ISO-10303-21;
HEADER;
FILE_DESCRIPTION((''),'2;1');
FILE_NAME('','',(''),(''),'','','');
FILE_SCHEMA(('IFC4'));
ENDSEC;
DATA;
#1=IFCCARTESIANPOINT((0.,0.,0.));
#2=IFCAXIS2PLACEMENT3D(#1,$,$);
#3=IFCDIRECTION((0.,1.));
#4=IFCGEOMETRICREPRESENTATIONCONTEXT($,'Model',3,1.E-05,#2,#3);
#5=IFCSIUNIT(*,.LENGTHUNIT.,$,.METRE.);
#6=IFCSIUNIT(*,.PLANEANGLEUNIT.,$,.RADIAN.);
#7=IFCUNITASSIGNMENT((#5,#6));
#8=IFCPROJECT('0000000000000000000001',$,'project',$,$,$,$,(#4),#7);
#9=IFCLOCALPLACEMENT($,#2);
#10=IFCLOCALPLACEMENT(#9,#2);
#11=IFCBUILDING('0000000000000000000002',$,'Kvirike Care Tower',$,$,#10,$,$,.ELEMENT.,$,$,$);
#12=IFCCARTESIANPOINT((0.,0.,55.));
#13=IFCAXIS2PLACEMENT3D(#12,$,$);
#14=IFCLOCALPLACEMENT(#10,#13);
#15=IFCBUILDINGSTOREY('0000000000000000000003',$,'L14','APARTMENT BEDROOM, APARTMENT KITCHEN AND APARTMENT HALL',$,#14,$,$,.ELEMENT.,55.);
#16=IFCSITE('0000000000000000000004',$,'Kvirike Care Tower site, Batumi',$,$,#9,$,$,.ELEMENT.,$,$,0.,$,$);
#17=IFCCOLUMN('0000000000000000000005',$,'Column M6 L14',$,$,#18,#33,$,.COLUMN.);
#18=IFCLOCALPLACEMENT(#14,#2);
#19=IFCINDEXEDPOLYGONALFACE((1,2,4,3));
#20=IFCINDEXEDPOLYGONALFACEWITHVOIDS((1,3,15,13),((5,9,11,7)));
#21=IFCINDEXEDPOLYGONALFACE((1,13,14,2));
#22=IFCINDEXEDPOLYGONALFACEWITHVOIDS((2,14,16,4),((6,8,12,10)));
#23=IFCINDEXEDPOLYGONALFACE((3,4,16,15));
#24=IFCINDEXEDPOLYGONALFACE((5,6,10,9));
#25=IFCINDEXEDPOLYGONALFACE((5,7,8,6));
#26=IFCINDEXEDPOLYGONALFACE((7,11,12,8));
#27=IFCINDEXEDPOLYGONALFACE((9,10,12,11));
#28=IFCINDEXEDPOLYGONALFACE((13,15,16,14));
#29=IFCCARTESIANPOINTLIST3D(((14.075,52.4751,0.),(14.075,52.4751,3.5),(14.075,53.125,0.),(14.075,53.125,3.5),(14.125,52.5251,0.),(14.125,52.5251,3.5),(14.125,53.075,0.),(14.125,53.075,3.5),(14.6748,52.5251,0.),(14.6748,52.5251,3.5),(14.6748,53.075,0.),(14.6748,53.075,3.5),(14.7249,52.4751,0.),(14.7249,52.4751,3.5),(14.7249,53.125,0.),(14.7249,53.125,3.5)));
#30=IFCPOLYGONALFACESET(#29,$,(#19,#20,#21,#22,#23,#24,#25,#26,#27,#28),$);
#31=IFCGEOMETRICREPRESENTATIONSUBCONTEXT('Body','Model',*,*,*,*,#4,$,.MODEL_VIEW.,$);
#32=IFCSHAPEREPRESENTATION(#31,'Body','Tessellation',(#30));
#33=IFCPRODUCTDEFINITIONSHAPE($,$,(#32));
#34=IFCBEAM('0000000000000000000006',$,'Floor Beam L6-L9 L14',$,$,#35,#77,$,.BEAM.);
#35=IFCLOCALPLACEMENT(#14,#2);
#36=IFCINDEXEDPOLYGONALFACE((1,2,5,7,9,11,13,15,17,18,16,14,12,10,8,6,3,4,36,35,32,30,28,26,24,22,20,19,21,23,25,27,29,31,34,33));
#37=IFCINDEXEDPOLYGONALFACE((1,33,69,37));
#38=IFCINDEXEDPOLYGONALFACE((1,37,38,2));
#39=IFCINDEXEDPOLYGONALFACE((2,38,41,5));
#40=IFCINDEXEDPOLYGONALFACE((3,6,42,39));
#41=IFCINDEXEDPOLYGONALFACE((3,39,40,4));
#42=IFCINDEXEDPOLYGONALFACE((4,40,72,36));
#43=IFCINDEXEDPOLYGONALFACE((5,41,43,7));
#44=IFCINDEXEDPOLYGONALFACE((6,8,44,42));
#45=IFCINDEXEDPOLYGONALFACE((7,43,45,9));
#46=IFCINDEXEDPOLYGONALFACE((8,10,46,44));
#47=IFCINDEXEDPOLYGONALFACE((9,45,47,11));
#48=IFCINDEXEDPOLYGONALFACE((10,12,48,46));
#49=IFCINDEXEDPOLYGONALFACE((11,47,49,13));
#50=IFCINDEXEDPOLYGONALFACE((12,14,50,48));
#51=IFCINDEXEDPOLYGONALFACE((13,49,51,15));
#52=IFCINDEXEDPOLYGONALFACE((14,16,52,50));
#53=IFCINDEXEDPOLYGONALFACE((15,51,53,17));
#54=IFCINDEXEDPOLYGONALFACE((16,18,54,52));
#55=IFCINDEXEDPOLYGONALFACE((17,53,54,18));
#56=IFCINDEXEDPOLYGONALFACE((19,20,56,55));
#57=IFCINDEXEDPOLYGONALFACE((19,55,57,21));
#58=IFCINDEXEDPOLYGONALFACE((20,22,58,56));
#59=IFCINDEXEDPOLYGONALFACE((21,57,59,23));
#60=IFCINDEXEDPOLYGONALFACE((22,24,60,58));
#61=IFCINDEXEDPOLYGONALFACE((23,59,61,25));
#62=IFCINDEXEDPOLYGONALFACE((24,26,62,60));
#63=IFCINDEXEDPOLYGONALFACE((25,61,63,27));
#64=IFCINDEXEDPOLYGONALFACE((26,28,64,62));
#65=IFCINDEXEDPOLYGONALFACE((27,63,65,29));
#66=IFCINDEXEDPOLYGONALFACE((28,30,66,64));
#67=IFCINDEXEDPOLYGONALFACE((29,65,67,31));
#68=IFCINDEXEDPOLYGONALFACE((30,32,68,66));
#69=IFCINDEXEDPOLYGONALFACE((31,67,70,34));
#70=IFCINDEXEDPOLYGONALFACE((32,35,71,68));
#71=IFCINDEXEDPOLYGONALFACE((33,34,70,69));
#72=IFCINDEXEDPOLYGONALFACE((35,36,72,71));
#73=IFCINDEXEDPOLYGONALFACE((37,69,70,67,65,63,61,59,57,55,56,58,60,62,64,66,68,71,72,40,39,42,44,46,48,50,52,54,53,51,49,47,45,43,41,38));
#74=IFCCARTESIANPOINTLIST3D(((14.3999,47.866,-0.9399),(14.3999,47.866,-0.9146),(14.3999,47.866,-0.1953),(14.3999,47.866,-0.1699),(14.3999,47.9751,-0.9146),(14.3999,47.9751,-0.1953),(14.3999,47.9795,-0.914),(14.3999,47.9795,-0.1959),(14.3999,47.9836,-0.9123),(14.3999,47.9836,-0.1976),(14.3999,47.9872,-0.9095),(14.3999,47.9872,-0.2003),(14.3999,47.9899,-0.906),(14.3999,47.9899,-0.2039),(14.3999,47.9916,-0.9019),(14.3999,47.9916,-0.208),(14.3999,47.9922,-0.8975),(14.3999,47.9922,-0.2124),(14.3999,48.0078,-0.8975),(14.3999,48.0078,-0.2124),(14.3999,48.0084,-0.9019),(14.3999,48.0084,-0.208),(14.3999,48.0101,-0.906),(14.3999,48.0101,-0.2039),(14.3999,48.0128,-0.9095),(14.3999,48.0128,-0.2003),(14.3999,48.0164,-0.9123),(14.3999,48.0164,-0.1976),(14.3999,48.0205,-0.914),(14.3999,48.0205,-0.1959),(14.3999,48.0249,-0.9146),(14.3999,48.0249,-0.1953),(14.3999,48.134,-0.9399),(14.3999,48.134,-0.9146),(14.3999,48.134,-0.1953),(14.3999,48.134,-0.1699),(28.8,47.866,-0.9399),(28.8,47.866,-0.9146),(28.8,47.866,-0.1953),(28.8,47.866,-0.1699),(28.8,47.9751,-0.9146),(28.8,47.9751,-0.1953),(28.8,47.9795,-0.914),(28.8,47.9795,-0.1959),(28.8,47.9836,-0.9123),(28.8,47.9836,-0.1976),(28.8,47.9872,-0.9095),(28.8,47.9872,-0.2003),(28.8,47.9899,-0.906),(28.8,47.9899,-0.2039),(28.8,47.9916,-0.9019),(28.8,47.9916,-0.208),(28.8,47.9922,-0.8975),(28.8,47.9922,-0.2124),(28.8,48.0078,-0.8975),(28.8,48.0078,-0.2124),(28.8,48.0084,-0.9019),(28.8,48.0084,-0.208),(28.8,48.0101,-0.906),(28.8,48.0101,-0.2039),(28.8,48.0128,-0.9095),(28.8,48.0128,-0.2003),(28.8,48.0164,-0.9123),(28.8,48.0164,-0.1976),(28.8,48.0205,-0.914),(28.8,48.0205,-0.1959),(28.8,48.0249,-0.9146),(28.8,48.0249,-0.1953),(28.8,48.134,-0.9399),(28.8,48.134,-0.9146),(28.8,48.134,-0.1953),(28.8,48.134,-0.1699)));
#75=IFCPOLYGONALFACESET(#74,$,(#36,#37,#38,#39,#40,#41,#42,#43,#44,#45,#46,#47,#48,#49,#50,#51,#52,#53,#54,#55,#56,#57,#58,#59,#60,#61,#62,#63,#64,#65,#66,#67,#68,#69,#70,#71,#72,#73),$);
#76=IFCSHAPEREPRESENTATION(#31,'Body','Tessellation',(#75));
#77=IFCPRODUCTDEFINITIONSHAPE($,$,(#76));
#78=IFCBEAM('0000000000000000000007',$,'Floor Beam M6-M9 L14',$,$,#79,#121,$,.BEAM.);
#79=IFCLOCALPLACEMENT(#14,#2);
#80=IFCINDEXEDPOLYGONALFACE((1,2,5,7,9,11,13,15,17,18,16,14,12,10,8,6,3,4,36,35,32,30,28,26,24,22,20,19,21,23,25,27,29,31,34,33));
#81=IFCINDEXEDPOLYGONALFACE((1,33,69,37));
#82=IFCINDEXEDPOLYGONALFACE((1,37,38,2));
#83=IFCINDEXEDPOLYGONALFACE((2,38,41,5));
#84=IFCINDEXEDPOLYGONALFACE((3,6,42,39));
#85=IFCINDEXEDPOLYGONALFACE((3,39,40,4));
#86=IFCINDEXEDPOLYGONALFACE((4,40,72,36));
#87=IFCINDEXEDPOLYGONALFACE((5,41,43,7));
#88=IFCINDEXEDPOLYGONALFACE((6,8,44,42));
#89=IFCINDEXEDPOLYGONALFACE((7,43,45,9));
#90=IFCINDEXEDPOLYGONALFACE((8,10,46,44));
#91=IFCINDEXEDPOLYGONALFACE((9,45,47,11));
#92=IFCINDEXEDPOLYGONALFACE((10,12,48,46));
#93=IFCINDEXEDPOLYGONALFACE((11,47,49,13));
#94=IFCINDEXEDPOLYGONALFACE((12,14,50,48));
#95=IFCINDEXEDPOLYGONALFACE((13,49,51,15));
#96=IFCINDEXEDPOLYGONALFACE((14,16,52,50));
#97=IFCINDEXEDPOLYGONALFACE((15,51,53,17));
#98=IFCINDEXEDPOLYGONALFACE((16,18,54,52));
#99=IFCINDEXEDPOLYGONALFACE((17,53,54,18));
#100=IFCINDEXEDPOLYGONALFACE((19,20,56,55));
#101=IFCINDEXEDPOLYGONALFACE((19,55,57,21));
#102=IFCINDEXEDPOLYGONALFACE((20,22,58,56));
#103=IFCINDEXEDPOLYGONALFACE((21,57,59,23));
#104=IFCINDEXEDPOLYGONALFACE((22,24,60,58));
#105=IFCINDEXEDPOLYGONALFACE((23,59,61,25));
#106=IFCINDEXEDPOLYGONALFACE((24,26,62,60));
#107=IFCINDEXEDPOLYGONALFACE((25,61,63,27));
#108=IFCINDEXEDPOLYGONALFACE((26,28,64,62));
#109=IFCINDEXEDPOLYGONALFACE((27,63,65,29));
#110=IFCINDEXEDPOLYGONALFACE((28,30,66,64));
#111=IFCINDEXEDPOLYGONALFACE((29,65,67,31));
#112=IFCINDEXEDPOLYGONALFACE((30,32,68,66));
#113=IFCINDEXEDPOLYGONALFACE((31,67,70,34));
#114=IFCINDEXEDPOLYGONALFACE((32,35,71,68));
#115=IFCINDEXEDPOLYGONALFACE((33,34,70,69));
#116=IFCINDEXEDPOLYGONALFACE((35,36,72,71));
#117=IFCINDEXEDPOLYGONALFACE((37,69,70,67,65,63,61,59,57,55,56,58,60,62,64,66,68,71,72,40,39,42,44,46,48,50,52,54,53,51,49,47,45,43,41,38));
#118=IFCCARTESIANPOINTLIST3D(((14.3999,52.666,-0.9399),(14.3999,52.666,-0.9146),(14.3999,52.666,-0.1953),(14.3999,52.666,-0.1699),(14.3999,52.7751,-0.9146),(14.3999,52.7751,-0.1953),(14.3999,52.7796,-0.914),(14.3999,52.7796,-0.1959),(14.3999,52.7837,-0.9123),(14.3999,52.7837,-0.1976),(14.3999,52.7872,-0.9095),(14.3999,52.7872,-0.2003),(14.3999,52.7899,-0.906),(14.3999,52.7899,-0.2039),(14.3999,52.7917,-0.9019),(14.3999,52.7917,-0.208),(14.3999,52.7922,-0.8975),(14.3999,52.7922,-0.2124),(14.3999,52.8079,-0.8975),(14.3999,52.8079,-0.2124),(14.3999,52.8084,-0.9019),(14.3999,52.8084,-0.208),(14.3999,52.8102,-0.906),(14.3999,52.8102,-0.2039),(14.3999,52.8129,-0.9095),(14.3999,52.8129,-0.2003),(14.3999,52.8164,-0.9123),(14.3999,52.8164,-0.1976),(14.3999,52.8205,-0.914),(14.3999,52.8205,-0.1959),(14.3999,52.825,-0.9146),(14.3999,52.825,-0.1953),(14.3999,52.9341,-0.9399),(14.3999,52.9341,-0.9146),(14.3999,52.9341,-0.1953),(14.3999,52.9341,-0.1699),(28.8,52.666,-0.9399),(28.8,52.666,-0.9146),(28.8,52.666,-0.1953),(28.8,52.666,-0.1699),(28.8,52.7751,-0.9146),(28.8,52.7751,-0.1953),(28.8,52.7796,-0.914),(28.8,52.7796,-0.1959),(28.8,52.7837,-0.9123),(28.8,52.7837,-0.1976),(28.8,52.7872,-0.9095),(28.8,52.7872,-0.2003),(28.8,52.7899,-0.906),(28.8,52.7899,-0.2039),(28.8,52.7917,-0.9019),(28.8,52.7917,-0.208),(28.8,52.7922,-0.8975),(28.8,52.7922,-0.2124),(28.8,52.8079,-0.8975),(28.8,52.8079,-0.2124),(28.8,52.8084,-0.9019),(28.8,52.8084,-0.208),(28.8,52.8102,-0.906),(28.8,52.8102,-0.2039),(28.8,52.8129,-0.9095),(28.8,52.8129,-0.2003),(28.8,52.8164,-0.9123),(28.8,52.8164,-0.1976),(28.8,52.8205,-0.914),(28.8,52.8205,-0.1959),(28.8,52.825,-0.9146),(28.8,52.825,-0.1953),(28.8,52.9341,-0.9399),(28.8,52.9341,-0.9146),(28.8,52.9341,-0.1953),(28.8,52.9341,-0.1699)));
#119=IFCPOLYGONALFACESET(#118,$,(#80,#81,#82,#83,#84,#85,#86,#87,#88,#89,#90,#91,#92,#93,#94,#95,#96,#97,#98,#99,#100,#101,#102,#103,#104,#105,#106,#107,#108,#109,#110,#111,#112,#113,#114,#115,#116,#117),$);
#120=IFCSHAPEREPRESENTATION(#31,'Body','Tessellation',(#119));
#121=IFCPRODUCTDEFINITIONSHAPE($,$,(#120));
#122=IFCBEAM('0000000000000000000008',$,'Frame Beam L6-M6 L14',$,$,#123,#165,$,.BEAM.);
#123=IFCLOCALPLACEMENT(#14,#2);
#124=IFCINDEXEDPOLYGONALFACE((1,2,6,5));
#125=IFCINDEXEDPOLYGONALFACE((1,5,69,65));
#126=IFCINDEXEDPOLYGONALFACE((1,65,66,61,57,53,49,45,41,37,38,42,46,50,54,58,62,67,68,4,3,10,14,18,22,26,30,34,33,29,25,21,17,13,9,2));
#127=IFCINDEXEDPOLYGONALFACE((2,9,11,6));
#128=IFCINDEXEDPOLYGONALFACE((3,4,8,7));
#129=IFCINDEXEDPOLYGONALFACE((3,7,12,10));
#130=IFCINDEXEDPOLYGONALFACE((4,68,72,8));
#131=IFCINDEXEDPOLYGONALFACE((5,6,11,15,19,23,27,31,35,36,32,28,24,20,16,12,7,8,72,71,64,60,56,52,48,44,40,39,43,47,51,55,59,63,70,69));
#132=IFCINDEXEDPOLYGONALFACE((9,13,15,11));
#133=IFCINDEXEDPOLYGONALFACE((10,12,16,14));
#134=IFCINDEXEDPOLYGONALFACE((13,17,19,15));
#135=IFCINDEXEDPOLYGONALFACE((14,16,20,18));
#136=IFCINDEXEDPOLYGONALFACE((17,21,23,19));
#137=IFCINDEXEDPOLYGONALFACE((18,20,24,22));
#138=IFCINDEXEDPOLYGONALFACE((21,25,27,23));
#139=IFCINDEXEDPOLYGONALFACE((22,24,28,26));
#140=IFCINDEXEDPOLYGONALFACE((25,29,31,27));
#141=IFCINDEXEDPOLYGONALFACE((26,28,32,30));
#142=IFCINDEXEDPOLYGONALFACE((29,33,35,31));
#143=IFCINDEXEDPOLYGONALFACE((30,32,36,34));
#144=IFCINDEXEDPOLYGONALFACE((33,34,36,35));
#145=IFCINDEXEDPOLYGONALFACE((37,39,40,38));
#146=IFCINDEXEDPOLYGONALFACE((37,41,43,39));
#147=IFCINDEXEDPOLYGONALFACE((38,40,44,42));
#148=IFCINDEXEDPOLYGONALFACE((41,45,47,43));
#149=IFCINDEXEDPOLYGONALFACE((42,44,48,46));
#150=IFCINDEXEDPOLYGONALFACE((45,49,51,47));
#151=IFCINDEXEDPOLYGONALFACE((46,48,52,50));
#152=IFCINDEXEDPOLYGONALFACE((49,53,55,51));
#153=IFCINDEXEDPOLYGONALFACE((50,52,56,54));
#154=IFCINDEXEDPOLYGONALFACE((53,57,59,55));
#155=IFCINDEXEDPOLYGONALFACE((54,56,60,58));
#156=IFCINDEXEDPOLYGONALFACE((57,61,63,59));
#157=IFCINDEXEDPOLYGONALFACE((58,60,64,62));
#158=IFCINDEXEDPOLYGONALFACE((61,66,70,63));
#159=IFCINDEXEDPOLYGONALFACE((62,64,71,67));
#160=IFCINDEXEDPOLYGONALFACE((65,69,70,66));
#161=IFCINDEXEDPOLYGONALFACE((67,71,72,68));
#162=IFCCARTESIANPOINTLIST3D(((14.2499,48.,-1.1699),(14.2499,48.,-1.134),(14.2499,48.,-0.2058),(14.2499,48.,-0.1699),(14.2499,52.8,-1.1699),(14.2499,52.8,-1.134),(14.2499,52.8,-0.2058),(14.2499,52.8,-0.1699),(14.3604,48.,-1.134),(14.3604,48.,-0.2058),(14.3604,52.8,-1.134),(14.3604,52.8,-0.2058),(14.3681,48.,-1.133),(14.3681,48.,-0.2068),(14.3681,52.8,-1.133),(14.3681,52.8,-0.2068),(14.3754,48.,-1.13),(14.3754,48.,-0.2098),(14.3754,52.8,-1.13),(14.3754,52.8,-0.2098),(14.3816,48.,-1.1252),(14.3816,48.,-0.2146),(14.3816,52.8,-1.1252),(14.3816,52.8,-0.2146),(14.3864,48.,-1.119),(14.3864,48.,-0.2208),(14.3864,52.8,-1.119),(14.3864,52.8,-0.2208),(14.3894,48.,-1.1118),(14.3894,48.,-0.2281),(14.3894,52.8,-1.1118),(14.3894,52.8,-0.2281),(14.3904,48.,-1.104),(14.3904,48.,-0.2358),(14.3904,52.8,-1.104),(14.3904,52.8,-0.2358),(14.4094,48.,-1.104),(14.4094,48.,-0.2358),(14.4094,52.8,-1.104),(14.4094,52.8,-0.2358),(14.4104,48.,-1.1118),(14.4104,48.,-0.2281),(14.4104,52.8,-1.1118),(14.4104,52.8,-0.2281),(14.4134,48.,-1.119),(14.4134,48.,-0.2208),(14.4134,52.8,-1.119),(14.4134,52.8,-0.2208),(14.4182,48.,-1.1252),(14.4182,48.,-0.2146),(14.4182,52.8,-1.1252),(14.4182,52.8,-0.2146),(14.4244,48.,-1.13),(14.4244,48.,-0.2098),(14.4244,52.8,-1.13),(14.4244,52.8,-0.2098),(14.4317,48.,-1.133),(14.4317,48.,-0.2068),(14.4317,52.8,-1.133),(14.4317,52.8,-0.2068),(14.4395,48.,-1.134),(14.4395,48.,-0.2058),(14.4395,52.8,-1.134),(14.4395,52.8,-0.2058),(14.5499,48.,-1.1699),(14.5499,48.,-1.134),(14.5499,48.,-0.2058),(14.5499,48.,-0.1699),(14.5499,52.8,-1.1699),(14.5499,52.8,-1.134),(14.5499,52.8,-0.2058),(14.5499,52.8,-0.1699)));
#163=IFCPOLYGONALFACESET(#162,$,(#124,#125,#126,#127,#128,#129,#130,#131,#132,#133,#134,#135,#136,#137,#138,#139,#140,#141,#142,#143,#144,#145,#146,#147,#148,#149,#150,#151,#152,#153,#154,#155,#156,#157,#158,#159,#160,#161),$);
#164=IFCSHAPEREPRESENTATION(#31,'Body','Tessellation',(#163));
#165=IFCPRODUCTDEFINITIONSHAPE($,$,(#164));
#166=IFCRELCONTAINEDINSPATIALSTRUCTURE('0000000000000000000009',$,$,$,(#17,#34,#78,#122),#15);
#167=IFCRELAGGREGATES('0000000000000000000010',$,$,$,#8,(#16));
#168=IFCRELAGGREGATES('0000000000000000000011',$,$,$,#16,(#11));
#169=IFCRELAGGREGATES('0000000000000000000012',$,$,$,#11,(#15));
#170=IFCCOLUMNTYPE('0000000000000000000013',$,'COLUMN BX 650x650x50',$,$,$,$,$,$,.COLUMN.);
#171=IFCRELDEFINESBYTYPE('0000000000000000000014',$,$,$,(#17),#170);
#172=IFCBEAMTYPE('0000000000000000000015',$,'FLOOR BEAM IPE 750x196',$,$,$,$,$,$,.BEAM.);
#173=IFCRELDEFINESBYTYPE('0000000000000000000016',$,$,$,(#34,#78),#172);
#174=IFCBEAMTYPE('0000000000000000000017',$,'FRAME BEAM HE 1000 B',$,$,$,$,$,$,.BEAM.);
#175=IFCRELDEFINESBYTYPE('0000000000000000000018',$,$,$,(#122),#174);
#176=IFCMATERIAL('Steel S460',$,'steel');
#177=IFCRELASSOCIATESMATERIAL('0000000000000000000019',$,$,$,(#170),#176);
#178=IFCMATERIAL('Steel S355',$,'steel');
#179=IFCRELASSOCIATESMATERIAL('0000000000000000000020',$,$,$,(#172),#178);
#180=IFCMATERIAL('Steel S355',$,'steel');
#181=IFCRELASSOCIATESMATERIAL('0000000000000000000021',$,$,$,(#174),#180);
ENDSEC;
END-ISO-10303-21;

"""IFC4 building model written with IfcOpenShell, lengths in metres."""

from ifc_helpers import new_model, si_unit, direction, frame, origin, origin_2d, place, context, subcontext, project, spatial, hollow_rectangle, i_section, extrude, material, material_profile, profile_set, type_object, element, save


model = new_model("IFC4")

# Units and contexts
model_context = context("Model", 3, precision=1e-05, world=origin(), true_north=direction((0.0, 1.0)))
body_context = subcontext(model_context, "Body", "Model", "MODEL_VIEW")
ifc_project = project(units=[si_unit("LENGTHUNIT", "METRE"), si_unit("PLANEANGLEUNIT", "RADIAN")], contexts=[model_context])

# Site, building, storey
site_placement = place(None, origin())
site = spatial("IfcSite", under=ifc_project, at=site_placement, Name="Kvirike Care Tower site, Batumi", CompositionType="ELEMENT", RefElevation=0.0)
building_placement = place(site_placement, origin())
building = spatial("IfcBuilding", under=site, at=building_placement, Name="Kvirike Care Tower", CompositionType="ELEMENT")
storey_placement = place(building_placement, frame((0.0, 0.0, 55.0)))
storey = spatial("IfcBuildingStorey", under=building, at=storey_placement, Name="L14", Description="APARTMENT BEDROOM, APARTMENT KITCHEN AND APARTMENT HALL", CompositionType="ELEMENT", Elevation=55.0)

# Column
ifc_material_1 = material(Name="Steel S460", Category="steel")
ifc_material_profile_1 = material_profile(ifc_material_1, hollow_rectangle(XDim=0.6499, YDim=0.6499, WallThickness=0.05, at=origin_2d()), Name="BX 650x650x50")
ifc_profile_set_1 = profile_set([ifc_material_profile_1], Name="Steel S460")
column_type = type_object("IfcColumnType", Name="COLUMN BX 650x650x50", PredefinedType="COLUMN", material=ifc_profile_set_1)
column_placement = place(storey_placement, frame((14.3999, 52.8, 0.0), z_axis=(0.0, 0.0, 1.0), x_axis=(1.0, 0.0, 0.0)))
element("IfcColumn", 1, at=column_placement, inside=storey, type_object=column_type, Name="Column M6 L14", PredefinedType="COLUMN", context=body_context, shape_type="SweptSolid", body=[
    extrude(hollow_rectangle(XDim=0.6499, YDim=0.6499, WallThickness=0.05, at=origin_2d()), origin(), (0.0, 0.0, 1.0), 3.5),
])

# Beams
ifc_material_2 = material(Name="Steel S355", Category="steel")
ifc_material_profile_2 = material_profile(ifc_material_2, i_section(OverallWidth=0.2681, OverallDepth=0.77, WebThickness=0.0156, FlangeThickness=0.0254, FilletRadius=0.0171, at=origin_2d()), Name="IPE 750x196")
ifc_profile_set_2 = profile_set([ifc_material_profile_2], Name="Steel S355")
beam_type_1 = type_object("IfcBeamType", Name="FLOOR BEAM IPE 750x196", PredefinedType="BEAM", material=ifc_profile_set_2)
for number, where, z_axis, x_axis, name in (
    (2, (14.3999, 48.0, -0.5549), (1.0, 0.0, 0.0), (0.0, 1.0, 0.0), "Floor Beam L6-L9 L14"),
    (3, (14.3999, 52.8, -0.5549), (1.0, 0.0, 0.0), (0.0, 1.0, 0.0), "Floor Beam M6-M9 L14"),
):
    element("IfcBeam", number, at=place(storey_placement, frame(where, z_axis=z_axis, x_axis=x_axis)), inside=storey, type_object=beam_type_1, Name=name, PredefinedType="BEAM", context=body_context, shape_type="SweptSolid", body=[
        extrude(i_section(OverallWidth=0.2681, OverallDepth=0.77, WebThickness=0.0156, FlangeThickness=0.0254, FilletRadius=0.0171, at=origin_2d()), origin(), (0.0, 0.0, 1.0), 14.4001),
    ])
ifc_material_3 = material(Name="Steel S355", Category="steel")
ifc_material_profile_3 = material_profile(ifc_material_3, i_section(OverallWidth=0.3, OverallDepth=1.0, WebThickness=0.019, FlangeThickness=0.0359, FilletRadius=0.03, at=origin_2d()), Name="HE 1000 B")
ifc_profile_set_3 = profile_set([ifc_material_profile_3], Name="Steel S355")
beam_type_2 = type_object("IfcBeamType", Name="FRAME BEAM HE 1000 B", PredefinedType="BEAM", material=ifc_profile_set_3)
for number, where, z_axis, x_axis, name in (
    (4, (14.3999, 48.0, -0.6699), (0.0, 1.0, 0.0), (-1.0, 0.0, 0.0), "Frame Beam L6-M6 L14"),
):
    element("IfcBeam", number, at=place(storey_placement, frame(where, z_axis=z_axis, x_axis=x_axis)), inside=storey, type_object=beam_type_2, Name=name, PredefinedType="BEAM", context=body_context, shape_type="SweptSolid", body=[
        extrude(i_section(OverallWidth=0.3, OverallDepth=1.0, WebThickness=0.019, FlangeThickness=0.0359, FilletRadius=0.03, at=origin_2d()), origin(), (0.0, 0.0, 1.0), 4.8),
    ])

save(model, "model.ifc")
